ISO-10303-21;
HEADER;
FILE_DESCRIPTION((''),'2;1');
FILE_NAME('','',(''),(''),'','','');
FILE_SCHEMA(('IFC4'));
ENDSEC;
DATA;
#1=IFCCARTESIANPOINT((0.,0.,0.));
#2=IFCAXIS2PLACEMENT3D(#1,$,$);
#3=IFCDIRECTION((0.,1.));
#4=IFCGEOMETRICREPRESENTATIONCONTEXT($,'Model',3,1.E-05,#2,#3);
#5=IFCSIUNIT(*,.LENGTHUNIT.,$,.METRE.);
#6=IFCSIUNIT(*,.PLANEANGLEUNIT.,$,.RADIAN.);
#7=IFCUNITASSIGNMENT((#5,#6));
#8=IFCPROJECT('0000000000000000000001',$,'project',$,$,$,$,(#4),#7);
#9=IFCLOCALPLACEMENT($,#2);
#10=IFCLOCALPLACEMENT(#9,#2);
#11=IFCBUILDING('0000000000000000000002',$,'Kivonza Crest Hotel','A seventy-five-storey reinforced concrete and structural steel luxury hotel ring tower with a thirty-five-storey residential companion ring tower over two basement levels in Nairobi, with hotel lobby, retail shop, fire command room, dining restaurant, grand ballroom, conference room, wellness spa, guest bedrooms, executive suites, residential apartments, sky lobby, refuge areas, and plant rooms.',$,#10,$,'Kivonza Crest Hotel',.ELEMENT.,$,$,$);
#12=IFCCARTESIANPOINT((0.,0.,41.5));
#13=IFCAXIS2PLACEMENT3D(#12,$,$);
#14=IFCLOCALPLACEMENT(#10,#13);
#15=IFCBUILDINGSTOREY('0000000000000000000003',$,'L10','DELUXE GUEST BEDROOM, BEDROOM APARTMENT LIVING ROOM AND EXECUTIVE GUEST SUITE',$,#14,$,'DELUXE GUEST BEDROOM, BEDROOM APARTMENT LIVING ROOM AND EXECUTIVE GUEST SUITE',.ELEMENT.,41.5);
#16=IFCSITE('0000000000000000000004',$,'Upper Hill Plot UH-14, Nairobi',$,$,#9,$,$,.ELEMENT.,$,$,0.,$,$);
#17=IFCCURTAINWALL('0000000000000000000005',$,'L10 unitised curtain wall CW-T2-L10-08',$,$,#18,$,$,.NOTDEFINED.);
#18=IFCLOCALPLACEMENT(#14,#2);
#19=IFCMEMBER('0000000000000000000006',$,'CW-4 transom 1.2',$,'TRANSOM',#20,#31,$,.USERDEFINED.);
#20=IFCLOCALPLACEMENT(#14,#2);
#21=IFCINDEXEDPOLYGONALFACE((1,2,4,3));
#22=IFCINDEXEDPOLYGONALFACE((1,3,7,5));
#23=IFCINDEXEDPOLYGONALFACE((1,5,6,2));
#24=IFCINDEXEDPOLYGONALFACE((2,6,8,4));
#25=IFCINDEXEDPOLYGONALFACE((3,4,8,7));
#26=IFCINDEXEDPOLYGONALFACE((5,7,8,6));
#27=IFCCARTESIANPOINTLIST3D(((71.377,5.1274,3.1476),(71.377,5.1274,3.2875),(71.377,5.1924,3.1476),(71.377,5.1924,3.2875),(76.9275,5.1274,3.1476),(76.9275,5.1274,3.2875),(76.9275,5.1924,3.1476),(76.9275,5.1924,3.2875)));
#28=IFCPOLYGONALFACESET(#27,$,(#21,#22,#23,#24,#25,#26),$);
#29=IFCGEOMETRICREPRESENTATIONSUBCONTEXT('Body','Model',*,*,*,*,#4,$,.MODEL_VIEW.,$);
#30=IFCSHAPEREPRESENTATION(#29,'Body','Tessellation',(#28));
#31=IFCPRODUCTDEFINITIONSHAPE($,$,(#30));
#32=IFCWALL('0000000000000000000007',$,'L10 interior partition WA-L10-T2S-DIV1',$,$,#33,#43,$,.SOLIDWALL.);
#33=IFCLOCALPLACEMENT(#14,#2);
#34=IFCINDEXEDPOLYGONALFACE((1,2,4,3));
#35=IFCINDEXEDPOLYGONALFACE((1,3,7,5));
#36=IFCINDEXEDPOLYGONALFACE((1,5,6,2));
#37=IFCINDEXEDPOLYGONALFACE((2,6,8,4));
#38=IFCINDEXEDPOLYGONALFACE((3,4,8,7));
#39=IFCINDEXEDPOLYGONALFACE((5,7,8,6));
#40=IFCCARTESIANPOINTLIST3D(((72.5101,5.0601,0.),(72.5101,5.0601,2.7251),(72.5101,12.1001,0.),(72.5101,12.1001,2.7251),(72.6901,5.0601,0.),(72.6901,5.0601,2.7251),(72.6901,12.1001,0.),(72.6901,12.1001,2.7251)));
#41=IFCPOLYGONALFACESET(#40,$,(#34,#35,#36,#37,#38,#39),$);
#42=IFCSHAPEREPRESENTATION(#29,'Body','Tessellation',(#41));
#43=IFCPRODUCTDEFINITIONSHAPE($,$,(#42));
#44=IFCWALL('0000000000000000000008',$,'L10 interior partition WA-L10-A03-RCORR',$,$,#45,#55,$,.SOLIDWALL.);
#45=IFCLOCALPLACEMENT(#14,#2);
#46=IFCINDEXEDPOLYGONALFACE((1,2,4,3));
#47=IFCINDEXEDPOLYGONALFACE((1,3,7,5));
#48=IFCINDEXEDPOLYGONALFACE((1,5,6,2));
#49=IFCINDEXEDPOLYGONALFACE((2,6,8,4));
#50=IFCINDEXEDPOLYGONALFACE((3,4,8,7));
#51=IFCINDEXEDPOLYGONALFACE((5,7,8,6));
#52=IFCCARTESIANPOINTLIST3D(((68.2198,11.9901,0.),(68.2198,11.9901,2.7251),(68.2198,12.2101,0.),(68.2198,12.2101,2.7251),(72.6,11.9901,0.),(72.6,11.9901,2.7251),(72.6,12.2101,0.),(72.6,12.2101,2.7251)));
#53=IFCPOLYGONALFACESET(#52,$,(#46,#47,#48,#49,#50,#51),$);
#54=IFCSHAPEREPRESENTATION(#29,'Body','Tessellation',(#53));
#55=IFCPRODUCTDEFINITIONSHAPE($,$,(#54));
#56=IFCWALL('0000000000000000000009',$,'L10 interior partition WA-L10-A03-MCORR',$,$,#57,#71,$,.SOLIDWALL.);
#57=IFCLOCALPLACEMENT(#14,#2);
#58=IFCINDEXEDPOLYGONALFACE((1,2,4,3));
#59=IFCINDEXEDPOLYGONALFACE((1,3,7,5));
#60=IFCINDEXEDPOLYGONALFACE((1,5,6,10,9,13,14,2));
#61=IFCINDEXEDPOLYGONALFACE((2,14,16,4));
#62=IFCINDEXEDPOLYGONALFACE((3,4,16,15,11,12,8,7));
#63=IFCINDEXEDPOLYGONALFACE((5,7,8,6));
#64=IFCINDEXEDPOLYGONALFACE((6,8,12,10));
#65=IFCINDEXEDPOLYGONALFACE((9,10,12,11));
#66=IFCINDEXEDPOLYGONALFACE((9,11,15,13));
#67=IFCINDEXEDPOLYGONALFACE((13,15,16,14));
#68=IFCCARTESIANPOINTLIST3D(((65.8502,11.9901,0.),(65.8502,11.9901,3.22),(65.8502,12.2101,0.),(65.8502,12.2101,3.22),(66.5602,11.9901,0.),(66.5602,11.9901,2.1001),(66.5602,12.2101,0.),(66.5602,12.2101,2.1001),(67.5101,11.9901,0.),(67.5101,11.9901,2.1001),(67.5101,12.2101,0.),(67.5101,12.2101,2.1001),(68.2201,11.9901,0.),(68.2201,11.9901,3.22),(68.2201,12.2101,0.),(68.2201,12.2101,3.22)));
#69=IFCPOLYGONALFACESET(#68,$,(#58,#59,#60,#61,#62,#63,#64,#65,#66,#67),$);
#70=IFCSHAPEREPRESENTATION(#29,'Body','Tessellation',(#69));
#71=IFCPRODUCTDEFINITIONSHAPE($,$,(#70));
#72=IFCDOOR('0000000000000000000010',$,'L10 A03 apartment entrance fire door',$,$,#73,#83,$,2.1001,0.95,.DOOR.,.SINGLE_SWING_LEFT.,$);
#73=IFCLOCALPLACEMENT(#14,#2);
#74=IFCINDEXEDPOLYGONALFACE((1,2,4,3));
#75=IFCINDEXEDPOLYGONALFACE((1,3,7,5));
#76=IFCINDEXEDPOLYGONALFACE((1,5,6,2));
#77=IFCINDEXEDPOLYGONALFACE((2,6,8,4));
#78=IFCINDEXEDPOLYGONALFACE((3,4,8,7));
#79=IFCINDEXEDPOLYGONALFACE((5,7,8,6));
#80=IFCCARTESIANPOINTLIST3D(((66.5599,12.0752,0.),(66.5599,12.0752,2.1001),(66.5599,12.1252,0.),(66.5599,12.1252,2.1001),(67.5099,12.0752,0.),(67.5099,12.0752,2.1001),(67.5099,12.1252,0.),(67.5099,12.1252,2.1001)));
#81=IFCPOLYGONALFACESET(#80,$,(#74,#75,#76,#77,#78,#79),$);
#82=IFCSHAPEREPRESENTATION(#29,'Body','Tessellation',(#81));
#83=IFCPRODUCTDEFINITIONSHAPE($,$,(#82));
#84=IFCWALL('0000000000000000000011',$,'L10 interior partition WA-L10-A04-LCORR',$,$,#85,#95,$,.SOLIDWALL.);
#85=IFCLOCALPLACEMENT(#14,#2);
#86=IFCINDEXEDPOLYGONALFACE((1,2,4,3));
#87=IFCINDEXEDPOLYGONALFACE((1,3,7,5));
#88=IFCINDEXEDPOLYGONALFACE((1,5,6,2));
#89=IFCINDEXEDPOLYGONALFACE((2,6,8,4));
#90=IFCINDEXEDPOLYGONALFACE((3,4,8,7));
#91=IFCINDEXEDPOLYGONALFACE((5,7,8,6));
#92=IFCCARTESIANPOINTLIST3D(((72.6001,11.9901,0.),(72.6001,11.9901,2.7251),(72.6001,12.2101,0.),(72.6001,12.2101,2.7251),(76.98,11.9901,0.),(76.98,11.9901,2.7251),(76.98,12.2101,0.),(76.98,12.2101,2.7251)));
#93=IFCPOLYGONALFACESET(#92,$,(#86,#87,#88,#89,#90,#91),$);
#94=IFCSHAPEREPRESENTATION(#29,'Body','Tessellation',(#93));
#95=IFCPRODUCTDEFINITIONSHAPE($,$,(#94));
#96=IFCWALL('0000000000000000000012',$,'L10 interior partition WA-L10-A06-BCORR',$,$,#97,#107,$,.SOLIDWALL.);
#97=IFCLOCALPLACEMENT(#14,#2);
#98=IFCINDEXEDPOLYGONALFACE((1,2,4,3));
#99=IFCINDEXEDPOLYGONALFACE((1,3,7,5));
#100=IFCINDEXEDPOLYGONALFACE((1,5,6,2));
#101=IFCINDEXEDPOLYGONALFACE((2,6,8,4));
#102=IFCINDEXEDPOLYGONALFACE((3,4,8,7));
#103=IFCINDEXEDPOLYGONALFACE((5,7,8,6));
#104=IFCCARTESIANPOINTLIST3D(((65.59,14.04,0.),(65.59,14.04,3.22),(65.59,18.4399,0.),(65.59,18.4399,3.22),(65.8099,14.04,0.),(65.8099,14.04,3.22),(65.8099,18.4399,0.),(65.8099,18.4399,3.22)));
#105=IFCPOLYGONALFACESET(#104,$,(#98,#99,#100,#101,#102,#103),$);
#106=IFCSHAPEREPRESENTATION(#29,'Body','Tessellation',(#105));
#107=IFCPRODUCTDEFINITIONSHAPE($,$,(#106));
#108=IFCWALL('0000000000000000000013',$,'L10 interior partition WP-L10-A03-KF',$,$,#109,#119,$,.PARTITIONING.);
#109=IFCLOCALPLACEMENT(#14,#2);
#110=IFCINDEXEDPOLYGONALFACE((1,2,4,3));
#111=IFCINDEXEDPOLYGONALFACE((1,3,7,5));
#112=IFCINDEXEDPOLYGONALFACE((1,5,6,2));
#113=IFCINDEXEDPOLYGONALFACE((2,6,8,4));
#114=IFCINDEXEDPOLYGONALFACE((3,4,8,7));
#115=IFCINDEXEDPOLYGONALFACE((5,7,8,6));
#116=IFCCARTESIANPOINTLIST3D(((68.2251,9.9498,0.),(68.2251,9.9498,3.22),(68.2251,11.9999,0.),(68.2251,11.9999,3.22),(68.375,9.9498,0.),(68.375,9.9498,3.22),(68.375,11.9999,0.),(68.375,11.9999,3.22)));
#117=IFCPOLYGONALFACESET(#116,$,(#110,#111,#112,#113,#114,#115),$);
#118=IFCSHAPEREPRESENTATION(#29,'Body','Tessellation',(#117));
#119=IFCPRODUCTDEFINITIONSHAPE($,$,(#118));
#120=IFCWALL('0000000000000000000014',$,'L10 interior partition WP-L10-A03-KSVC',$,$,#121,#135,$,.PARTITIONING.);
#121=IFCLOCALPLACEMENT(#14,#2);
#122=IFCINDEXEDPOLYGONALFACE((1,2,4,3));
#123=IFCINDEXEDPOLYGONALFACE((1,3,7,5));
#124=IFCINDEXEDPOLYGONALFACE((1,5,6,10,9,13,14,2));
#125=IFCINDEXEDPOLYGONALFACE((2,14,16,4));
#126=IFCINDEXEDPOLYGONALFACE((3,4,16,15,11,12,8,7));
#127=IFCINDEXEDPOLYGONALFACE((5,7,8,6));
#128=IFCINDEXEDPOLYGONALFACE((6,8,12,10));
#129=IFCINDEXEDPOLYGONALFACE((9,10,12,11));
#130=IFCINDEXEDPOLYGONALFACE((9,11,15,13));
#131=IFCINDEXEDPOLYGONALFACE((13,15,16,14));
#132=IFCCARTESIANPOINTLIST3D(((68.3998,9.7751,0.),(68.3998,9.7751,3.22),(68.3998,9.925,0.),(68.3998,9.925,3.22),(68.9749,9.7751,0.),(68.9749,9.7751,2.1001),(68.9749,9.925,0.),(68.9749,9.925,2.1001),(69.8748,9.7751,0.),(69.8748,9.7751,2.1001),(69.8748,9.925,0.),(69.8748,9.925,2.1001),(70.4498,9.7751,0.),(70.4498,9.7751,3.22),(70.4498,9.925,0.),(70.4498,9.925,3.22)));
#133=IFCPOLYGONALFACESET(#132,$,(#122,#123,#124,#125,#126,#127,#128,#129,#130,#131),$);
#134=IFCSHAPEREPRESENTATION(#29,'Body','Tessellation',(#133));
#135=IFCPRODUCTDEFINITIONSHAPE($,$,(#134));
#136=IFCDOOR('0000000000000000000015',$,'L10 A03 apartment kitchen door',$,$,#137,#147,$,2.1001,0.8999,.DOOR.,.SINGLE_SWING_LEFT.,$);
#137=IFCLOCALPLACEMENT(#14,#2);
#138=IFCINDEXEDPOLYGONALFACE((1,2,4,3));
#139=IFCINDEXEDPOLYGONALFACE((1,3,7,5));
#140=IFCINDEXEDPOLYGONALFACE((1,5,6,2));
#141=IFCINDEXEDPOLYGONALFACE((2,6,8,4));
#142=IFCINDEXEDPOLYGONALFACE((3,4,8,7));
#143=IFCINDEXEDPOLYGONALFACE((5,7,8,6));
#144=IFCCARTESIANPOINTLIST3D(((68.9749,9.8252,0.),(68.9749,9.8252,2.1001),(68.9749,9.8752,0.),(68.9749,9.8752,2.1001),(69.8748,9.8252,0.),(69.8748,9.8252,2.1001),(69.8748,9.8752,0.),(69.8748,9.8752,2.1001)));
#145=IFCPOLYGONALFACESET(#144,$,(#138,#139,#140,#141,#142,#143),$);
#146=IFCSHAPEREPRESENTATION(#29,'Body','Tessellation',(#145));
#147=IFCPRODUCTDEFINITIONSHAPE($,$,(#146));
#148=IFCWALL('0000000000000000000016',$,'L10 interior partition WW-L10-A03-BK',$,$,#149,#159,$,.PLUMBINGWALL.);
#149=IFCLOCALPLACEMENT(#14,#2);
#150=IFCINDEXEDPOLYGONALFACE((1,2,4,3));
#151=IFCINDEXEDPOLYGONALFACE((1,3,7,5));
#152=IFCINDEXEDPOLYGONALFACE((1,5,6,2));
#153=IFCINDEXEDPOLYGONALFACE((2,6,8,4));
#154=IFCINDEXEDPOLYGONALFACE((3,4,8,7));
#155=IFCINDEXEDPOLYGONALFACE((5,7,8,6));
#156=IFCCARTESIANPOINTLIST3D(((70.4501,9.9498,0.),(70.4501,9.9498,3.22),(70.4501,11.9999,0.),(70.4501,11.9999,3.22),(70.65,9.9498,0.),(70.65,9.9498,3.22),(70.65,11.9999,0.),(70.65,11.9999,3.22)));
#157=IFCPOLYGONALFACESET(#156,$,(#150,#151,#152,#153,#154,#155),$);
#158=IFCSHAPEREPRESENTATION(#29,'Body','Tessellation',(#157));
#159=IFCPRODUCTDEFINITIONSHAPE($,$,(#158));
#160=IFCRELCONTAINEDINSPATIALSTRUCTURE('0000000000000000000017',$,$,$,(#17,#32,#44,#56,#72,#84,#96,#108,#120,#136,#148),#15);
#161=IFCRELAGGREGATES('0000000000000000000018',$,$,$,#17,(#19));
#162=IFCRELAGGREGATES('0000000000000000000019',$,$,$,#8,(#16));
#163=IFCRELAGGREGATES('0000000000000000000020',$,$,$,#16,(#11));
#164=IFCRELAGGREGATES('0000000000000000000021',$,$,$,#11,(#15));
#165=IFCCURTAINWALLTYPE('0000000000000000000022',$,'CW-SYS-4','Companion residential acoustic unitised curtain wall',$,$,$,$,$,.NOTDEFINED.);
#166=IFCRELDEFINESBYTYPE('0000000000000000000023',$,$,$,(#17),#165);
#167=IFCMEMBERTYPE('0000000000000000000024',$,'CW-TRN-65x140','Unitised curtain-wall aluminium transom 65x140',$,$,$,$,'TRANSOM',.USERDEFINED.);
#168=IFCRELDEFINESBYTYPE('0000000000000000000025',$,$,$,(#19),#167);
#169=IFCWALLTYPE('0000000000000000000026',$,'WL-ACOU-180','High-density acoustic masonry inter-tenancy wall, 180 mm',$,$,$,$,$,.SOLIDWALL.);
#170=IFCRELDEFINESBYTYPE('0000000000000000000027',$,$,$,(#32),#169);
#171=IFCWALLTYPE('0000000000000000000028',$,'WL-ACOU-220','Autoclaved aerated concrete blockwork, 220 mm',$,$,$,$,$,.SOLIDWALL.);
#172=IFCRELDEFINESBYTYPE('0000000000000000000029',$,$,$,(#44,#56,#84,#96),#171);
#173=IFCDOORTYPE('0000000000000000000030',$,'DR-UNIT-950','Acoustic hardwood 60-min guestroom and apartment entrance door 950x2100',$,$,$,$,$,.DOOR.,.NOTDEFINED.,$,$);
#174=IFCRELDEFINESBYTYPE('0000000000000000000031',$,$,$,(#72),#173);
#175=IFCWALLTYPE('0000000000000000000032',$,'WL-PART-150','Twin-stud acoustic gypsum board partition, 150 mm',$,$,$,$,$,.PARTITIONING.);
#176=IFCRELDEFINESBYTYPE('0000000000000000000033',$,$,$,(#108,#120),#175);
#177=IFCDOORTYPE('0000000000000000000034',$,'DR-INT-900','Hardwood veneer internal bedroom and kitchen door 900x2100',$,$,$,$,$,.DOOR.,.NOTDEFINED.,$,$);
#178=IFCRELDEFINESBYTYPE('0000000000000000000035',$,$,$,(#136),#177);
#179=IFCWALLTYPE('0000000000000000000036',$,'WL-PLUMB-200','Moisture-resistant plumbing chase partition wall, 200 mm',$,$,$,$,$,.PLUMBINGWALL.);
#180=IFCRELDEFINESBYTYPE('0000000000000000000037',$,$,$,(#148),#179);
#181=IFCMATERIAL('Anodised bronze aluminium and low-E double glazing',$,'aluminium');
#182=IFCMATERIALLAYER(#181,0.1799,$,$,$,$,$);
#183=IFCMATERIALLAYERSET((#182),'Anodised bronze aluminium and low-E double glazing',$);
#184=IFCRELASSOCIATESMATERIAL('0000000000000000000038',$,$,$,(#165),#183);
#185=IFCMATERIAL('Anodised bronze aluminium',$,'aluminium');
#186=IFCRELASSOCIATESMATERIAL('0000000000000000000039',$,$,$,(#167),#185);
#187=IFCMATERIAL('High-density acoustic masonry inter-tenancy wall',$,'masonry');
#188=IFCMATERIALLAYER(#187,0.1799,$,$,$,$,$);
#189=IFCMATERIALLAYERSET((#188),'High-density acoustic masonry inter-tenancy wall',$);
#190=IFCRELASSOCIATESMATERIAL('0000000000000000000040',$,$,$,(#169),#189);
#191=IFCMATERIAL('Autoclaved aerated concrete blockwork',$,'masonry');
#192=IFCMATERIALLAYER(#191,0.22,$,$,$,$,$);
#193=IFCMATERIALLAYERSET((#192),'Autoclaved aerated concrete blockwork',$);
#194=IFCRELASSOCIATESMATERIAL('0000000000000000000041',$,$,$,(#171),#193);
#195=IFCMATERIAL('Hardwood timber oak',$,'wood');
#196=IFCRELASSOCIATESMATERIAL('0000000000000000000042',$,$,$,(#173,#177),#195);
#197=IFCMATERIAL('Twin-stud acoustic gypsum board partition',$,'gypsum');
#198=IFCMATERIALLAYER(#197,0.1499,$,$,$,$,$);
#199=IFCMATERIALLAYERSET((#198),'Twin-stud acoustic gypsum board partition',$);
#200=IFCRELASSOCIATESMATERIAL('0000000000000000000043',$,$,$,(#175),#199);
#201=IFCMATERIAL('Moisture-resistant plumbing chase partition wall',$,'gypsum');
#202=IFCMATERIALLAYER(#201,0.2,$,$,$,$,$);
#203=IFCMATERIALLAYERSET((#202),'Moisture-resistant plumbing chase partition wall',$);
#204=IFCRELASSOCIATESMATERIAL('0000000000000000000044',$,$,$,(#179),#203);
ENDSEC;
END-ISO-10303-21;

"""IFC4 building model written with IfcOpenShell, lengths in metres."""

from ifc_helpers import new_model, si_unit, direction, frame, frame_2d, origin, origin_2d, place, context, subcontext, project, spatial, rectangle, extrude, material, layer, layer_set, material_profile, profile_set, type_object, element, fill, aggregate, save


model = new_model("IFC4")

# Units and contexts
model_context = context("Model", 3, precision=1e-05, world=origin(), true_north=direction((0.0, 1.0)))
body_context = subcontext(model_context, "Body", "Model", "MODEL_VIEW")
ifc_project = project(units=[si_unit("LENGTHUNIT", "METRE"), si_unit("PLANEANGLEUNIT", "RADIAN")], contexts=[model_context])

# Site, building, storey
site_placement = place(None, origin())
site = spatial("IfcSite", under=ifc_project, at=site_placement, Name="Upper Hill Plot UH-14, Nairobi", CompositionType="ELEMENT", RefElevation=0.0)
building_placement = place(site_placement, origin())
building = spatial("IfcBuilding", under=site, at=building_placement, Name="Kivonza Crest Hotel", Description="A seventy-five-storey reinforced concrete and structural steel luxury hotel ring tower with a thirty-five-storey residential companion ring tower over two basement levels in Nairobi, with hotel lobby, retail shop, fire command room, dining restaurant, grand ballroom, conference room, wellness spa, guest bedrooms, executive suites, residential apartments, sky lobby, refuge areas, and plant rooms.", LongName="Kivonza Crest Hotel", CompositionType="ELEMENT")
storey_placement = place(building_placement, frame((0.0, 0.0, 41.5)))
storey = spatial("IfcBuildingStorey", under=building, at=storey_placement, Name="L10", Description="DELUXE GUEST BEDROOM, BEDROOM APARTMENT LIVING ROOM AND EXECUTIVE GUEST SUITE", LongName="DELUXE GUEST BEDROOM, BEDROOM APARTMENT LIVING ROOM AND EXECUTIVE GUEST SUITE", CompositionType="ELEMENT", Elevation=41.5)

# Curtain wall, member
ifc_material_1 = material(Name="Anodised bronze aluminium and low-E double glazing", Category="aluminium")
ifc_layer_1 = layer(ifc_material_1, 0.1799)
ifc_layer_set_1 = layer_set([ifc_layer_1], Name="Anodised bronze aluminium and low-E double glazing")
curtain_wall_type = type_object("IfcCurtainWallType", Name="CW-SYS-4", Description="Companion residential acoustic unitised curtain wall", PredefinedType="NOTDEFINED", material=ifc_layer_set_1)
curtain_wall_placement = place(storey_placement, origin())
curtain_wall = element("IfcCurtainWall", 1, at=curtain_wall_placement, inside=storey, type_object=curtain_wall_type, Name="L10 unitised curtain wall CW-T2-L10-08", PredefinedType="NOTDEFINED")
ifc_material_2 = material(Name="Anodised bronze aluminium", Category="aluminium")
ifc_material_profile_1 = material_profile(ifc_material_2, rectangle(XDim=0.0649, YDim=0.1399, at=origin_2d()), Name="CW-T 65x140")
ifc_profile_set_1 = profile_set([ifc_material_profile_1], Name="Anodised bronze aluminium")
member_type_1 = type_object("IfcMemberType", Name="CW-TRN-65x140", Description="Unitised curtain-wall aluminium transom 65x140", ElementType="TRANSOM", PredefinedType="USERDEFINED", material=ifc_profile_set_1)
member_1_placement = place(storey_placement, frame((71.377, 5.1599, 3.2175), z_axis=(1.0, 0.0, 0.0), x_axis=(0.0, 1.0, 0.0)))
member_1 = element("IfcMember", 2, at=member_1_placement, type_object=member_type_1, Name="CW-4 transom 1.2", ObjectType="TRANSOM", PredefinedType="USERDEFINED", context=body_context, shape_type="SweptSolid", body=[
    extrude(rectangle(XDim=0.0649, YDim=0.1399, at=origin_2d()), origin(), (0.0, 0.0, 1.0), 5.5505),
])
aggregate(curtain_wall, [member_1])

# Walls
ifc_material_3 = material(Name="High-density acoustic masonry inter-tenancy wall", Category="masonry")
ifc_layer_2 = layer(ifc_material_3, 0.1799)
ifc_layer_set_2 = layer_set([ifc_layer_2], Name="High-density acoustic masonry inter-tenancy wall")
wall_type_1 = type_object("IfcWallType", Name="WL-ACOU-180", Description="High-density acoustic masonry inter-tenancy wall, 180 mm", PredefinedType="SOLIDWALL", material=ifc_layer_set_2)
wall_1_placement = place(storey_placement, frame((72.6001, 5.0601, 0.0), z_axis=(0.0, 0.0, 1.0), x_axis=(0.0, 1.0, 0.0)))
element("IfcWall", 3, at=wall_1_placement, inside=storey, type_object=wall_type_1, Name="L10 interior partition WA-L10-T2S-DIV1", PredefinedType="SOLIDWALL", context=body_context, shape_type="SweptSolid", body=[
    extrude(rectangle(XDim=7.04, YDim=0.1799, at=frame_2d((3.52, 0.0))), origin(), (0.0, 0.0, 1.0), 2.7251),
])
ifc_material_4 = material(Name="Autoclaved aerated concrete blockwork", Category="masonry")
ifc_layer_3 = layer(ifc_material_4, 0.22)
ifc_layer_set_3 = layer_set([ifc_layer_3], Name="Autoclaved aerated concrete blockwork")
wall_type_2 = type_object("IfcWallType", Name="WL-ACOU-220", Description="Autoclaved aerated concrete blockwork, 220 mm", PredefinedType="SOLIDWALL", material=ifc_layer_set_3)
wall_2_placement = place(storey_placement, frame((68.22, 12.1001, 0.0), z_axis=(0.0, 0.0, 1.0), x_axis=(1.0, 0.0, 0.0)))
element("IfcWall", 4, at=wall_2_placement, inside=storey, type_object=wall_type_2, Name="L10 interior partition WA-L10-A03-RCORR", PredefinedType="SOLIDWALL", context=body_context, shape_type="SweptSolid", body=[
    extrude(rectangle(XDim=4.3801, YDim=0.22, at=frame_2d((2.1899, 0.0))), origin(), (0.0, 0.0, 1.0), 2.7251),
])

# Wall, opening, door
wall_3_placement = place(storey_placement, frame((65.8501, 12.1001, 0.0), z_axis=(0.0, 0.0, 1.0), x_axis=(1.0, 0.0, 0.0)))
wall_3 = element("IfcWall", 5, at=wall_3_placement, inside=storey, type_object=wall_type_2, Name="L10 interior partition WA-L10-A03-MCORR", PredefinedType="SOLIDWALL", context=body_context, shape_type="SweptSolid", body=[
    extrude(rectangle(XDim=2.3699, YDim=0.22, at=frame_2d((1.1851, 0.0))), origin(), (0.0, 0.0, 1.0), 3.22),
])
opening_1_placement = place(wall_3_placement, frame((0.71, 0.0, 0.0)))
opening_1 = element("IfcOpeningElement", 6, at=opening_1_placement, cuts=wall_3, PredefinedType="OPENING", context=body_context, shape_type="SweptSolid", body=[
    extrude(rectangle(XDim=0.95, YDim=2.1001, at=frame_2d((0.4751, 1.05))), frame((0.0, 0.1201, 0.0), z_axis=(0.0, -1.0, 0.0), x_axis=(1.0, 0.0, 0.0)), (0.0, 0.0, 1.0), 0.24),
])
ifc_material_5 = material(Name="Hardwood timber oak", Category="wood")
door_type_1 = type_object("IfcDoorType", Name="DR-UNIT-950", Description="Acoustic hardwood 60-min guestroom and apartment entrance door 950x2100", OperationType="NOTDEFINED", PredefinedType="DOOR", material=ifc_material_5)
door_1_placement = place(opening_1_placement, frame((0.95, 0.0, 0.0), z_axis=(0.0, 0.0, 1.0), x_axis=(-1.0, 0.0, 0.0)))
door_1 = element("IfcDoor", 7, at=door_1_placement, inside=storey, type_object=door_type_1, Name="L10 A03 apartment entrance fire door", OperationType="SINGLE_SWING_LEFT", OverallHeight=2.1001, OverallWidth=0.95, PredefinedType="DOOR", context=body_context, shape_type="SweptSolid", body=[
    extrude(rectangle(XDim=0.95, YDim=2.1001, at=frame_2d((0.4751, 1.05))), frame((0.0, 0.0249, 0.0), z_axis=(0.0, -1.0, 0.0), x_axis=(1.0, 0.0, 0.0)), (0.0, 0.0, 1.0), 0.05),
])
fill(opening_1, door_1)

# Walls
wall_4_placement = place(storey_placement, frame((72.6001, 12.1001, 0.0), z_axis=(0.0, 0.0, 1.0), x_axis=(1.0, 0.0, 0.0)))
element("IfcWall", 8, at=wall_4_placement, inside=storey, type_object=wall_type_2, Name="L10 interior partition WA-L10-A04-LCORR", PredefinedType="SOLIDWALL", context=body_context, shape_type="SweptSolid", body=[
    extrude(rectangle(XDim=4.3799, YDim=0.22, at=frame_2d((2.1899, 0.0))), origin(), (0.0, 0.0, 1.0), 2.7251),
])
wall_5_placement = place(storey_placement, frame((65.7, 14.04, 0.0), z_axis=(0.0, 0.0, 1.0), x_axis=(0.0, 1.0, 0.0)))
element("IfcWall", 9, at=wall_5_placement, inside=storey, type_object=wall_type_2, Name="L10 interior partition WA-L10-A06-BCORR", PredefinedType="SOLIDWALL", context=body_context, shape_type="SweptSolid", body=[
    extrude(rectangle(XDim=4.3999, YDim=0.22, at=frame_2d((2.2, 0.0))), origin(), (0.0, 0.0, 1.0), 3.22),
])
ifc_material_6 = material(Name="Twin-stud acoustic gypsum board partition", Category="gypsum")
ifc_layer_4 = layer(ifc_material_6, 0.1499)
ifc_layer_set_4 = layer_set([ifc_layer_4], Name="Twin-stud acoustic gypsum board partition")
wall_type_3 = type_object("IfcWallType", Name="WL-PART-150", Description="Twin-stud acoustic gypsum board partition, 150 mm", PredefinedType="PARTITIONING", material=ifc_layer_set_4)
wall_6_placement = place(storey_placement, frame((68.3, 9.95, 0.0), z_axis=(0.0, 0.0, 1.0), x_axis=(0.0, 1.0, 0.0)))
element("IfcWall", 10, at=wall_6_placement, inside=storey, type_object=wall_type_3, Name="L10 interior partition WP-L10-A03-KF", PredefinedType="PARTITIONING", context=body_context, shape_type="SweptSolid", body=[
    extrude(rectangle(XDim=2.05, YDim=0.1499, at=frame_2d((1.0249, 0.0))), origin(), (0.0, 0.0, 1.0), 3.22),
])

# Wall, opening, door
wall_7_placement = place(storey_placement, frame((68.3999, 9.8501, 0.0), z_axis=(0.0, 0.0, 1.0), x_axis=(1.0, 0.0, 0.0)))
wall_7 = element("IfcWall", 11, at=wall_7_placement, inside=storey, type_object=wall_type_3, Name="L10 interior partition WP-L10-A03-KSVC", PredefinedType="PARTITIONING", context=body_context, shape_type="SweptSolid", body=[
    extrude(rectangle(XDim=2.05, YDim=0.1499, at=frame_2d((1.0249, 0.0))), origin(), (0.0, 0.0, 1.0), 3.22),
])
opening_2_placement = place(wall_7_placement, frame((0.575, 0.0, 0.0)))
opening_2 = element("IfcOpeningElement", 12, at=opening_2_placement, cuts=wall_7, PredefinedType="OPENING", context=body_context, shape_type="SweptSolid", body=[
    extrude(rectangle(XDim=0.8999, YDim=2.1001, at=frame_2d((0.45, 1.05))), frame((0.0, 0.085, 0.0), z_axis=(0.0, -1.0, 0.0), x_axis=(1.0, 0.0, 0.0)), (0.0, 0.0, 1.0), 0.1699),
])
door_type_2 = type_object("IfcDoorType", Name="DR-INT-900", Description="Hardwood veneer internal bedroom and kitchen door 900x2100", OperationType="NOTDEFINED", PredefinedType="DOOR", material=ifc_material_5)
door_2_placement = place(opening_2_placement, frame((0.8999, 0.0, 0.0), z_axis=(0.0, 0.0, 1.0), x_axis=(-1.0, 0.0, 0.0)))
door_2 = element("IfcDoor", 13, at=door_2_placement, inside=storey, type_object=door_type_2, Name="L10 A03 apartment kitchen door", OperationType="SINGLE_SWING_LEFT", OverallHeight=2.1001, OverallWidth=0.8999, PredefinedType="DOOR", context=body_context, shape_type="SweptSolid", body=[
    extrude(rectangle(XDim=0.8999, YDim=2.1001, at=frame_2d((0.45, 1.05))), frame((0.0, 0.0249, 0.0), z_axis=(0.0, -1.0, 0.0), x_axis=(1.0, 0.0, 0.0)), (0.0, 0.0, 1.0), 0.05),
])
fill(opening_2, door_2)

# Wall
ifc_material_7 = material(Name="Moisture-resistant plumbing chase partition wall", Category="gypsum")
ifc_layer_5 = layer(ifc_material_7, 0.2)
ifc_layer_set_5 = layer_set([ifc_layer_5], Name="Moisture-resistant plumbing chase partition wall")
wall_type_4 = type_object("IfcWallType", Name="WL-PLUMB-200", Description="Moisture-resistant plumbing chase partition wall, 200 mm", PredefinedType="PLUMBINGWALL", material=ifc_layer_set_5)
wall_8_placement = place(storey_placement, frame((70.55, 9.95, 0.0), z_axis=(0.0, 0.0, 1.0), x_axis=(0.0, 1.0, 0.0)))
element("IfcWall", 14, at=wall_8_placement, inside=storey, type_object=wall_type_4, Name="L10 interior partition WW-L10-A03-BK", PredefinedType="PLUMBINGWALL", context=body_context, shape_type="SweptSolid", body=[
    extrude(rectangle(XDim=2.05, YDim=0.2, at=frame_2d((1.0249, 0.0))), origin(), (0.0, 0.0, 1.0), 3.22),
])

save(model, "model.ifc")
